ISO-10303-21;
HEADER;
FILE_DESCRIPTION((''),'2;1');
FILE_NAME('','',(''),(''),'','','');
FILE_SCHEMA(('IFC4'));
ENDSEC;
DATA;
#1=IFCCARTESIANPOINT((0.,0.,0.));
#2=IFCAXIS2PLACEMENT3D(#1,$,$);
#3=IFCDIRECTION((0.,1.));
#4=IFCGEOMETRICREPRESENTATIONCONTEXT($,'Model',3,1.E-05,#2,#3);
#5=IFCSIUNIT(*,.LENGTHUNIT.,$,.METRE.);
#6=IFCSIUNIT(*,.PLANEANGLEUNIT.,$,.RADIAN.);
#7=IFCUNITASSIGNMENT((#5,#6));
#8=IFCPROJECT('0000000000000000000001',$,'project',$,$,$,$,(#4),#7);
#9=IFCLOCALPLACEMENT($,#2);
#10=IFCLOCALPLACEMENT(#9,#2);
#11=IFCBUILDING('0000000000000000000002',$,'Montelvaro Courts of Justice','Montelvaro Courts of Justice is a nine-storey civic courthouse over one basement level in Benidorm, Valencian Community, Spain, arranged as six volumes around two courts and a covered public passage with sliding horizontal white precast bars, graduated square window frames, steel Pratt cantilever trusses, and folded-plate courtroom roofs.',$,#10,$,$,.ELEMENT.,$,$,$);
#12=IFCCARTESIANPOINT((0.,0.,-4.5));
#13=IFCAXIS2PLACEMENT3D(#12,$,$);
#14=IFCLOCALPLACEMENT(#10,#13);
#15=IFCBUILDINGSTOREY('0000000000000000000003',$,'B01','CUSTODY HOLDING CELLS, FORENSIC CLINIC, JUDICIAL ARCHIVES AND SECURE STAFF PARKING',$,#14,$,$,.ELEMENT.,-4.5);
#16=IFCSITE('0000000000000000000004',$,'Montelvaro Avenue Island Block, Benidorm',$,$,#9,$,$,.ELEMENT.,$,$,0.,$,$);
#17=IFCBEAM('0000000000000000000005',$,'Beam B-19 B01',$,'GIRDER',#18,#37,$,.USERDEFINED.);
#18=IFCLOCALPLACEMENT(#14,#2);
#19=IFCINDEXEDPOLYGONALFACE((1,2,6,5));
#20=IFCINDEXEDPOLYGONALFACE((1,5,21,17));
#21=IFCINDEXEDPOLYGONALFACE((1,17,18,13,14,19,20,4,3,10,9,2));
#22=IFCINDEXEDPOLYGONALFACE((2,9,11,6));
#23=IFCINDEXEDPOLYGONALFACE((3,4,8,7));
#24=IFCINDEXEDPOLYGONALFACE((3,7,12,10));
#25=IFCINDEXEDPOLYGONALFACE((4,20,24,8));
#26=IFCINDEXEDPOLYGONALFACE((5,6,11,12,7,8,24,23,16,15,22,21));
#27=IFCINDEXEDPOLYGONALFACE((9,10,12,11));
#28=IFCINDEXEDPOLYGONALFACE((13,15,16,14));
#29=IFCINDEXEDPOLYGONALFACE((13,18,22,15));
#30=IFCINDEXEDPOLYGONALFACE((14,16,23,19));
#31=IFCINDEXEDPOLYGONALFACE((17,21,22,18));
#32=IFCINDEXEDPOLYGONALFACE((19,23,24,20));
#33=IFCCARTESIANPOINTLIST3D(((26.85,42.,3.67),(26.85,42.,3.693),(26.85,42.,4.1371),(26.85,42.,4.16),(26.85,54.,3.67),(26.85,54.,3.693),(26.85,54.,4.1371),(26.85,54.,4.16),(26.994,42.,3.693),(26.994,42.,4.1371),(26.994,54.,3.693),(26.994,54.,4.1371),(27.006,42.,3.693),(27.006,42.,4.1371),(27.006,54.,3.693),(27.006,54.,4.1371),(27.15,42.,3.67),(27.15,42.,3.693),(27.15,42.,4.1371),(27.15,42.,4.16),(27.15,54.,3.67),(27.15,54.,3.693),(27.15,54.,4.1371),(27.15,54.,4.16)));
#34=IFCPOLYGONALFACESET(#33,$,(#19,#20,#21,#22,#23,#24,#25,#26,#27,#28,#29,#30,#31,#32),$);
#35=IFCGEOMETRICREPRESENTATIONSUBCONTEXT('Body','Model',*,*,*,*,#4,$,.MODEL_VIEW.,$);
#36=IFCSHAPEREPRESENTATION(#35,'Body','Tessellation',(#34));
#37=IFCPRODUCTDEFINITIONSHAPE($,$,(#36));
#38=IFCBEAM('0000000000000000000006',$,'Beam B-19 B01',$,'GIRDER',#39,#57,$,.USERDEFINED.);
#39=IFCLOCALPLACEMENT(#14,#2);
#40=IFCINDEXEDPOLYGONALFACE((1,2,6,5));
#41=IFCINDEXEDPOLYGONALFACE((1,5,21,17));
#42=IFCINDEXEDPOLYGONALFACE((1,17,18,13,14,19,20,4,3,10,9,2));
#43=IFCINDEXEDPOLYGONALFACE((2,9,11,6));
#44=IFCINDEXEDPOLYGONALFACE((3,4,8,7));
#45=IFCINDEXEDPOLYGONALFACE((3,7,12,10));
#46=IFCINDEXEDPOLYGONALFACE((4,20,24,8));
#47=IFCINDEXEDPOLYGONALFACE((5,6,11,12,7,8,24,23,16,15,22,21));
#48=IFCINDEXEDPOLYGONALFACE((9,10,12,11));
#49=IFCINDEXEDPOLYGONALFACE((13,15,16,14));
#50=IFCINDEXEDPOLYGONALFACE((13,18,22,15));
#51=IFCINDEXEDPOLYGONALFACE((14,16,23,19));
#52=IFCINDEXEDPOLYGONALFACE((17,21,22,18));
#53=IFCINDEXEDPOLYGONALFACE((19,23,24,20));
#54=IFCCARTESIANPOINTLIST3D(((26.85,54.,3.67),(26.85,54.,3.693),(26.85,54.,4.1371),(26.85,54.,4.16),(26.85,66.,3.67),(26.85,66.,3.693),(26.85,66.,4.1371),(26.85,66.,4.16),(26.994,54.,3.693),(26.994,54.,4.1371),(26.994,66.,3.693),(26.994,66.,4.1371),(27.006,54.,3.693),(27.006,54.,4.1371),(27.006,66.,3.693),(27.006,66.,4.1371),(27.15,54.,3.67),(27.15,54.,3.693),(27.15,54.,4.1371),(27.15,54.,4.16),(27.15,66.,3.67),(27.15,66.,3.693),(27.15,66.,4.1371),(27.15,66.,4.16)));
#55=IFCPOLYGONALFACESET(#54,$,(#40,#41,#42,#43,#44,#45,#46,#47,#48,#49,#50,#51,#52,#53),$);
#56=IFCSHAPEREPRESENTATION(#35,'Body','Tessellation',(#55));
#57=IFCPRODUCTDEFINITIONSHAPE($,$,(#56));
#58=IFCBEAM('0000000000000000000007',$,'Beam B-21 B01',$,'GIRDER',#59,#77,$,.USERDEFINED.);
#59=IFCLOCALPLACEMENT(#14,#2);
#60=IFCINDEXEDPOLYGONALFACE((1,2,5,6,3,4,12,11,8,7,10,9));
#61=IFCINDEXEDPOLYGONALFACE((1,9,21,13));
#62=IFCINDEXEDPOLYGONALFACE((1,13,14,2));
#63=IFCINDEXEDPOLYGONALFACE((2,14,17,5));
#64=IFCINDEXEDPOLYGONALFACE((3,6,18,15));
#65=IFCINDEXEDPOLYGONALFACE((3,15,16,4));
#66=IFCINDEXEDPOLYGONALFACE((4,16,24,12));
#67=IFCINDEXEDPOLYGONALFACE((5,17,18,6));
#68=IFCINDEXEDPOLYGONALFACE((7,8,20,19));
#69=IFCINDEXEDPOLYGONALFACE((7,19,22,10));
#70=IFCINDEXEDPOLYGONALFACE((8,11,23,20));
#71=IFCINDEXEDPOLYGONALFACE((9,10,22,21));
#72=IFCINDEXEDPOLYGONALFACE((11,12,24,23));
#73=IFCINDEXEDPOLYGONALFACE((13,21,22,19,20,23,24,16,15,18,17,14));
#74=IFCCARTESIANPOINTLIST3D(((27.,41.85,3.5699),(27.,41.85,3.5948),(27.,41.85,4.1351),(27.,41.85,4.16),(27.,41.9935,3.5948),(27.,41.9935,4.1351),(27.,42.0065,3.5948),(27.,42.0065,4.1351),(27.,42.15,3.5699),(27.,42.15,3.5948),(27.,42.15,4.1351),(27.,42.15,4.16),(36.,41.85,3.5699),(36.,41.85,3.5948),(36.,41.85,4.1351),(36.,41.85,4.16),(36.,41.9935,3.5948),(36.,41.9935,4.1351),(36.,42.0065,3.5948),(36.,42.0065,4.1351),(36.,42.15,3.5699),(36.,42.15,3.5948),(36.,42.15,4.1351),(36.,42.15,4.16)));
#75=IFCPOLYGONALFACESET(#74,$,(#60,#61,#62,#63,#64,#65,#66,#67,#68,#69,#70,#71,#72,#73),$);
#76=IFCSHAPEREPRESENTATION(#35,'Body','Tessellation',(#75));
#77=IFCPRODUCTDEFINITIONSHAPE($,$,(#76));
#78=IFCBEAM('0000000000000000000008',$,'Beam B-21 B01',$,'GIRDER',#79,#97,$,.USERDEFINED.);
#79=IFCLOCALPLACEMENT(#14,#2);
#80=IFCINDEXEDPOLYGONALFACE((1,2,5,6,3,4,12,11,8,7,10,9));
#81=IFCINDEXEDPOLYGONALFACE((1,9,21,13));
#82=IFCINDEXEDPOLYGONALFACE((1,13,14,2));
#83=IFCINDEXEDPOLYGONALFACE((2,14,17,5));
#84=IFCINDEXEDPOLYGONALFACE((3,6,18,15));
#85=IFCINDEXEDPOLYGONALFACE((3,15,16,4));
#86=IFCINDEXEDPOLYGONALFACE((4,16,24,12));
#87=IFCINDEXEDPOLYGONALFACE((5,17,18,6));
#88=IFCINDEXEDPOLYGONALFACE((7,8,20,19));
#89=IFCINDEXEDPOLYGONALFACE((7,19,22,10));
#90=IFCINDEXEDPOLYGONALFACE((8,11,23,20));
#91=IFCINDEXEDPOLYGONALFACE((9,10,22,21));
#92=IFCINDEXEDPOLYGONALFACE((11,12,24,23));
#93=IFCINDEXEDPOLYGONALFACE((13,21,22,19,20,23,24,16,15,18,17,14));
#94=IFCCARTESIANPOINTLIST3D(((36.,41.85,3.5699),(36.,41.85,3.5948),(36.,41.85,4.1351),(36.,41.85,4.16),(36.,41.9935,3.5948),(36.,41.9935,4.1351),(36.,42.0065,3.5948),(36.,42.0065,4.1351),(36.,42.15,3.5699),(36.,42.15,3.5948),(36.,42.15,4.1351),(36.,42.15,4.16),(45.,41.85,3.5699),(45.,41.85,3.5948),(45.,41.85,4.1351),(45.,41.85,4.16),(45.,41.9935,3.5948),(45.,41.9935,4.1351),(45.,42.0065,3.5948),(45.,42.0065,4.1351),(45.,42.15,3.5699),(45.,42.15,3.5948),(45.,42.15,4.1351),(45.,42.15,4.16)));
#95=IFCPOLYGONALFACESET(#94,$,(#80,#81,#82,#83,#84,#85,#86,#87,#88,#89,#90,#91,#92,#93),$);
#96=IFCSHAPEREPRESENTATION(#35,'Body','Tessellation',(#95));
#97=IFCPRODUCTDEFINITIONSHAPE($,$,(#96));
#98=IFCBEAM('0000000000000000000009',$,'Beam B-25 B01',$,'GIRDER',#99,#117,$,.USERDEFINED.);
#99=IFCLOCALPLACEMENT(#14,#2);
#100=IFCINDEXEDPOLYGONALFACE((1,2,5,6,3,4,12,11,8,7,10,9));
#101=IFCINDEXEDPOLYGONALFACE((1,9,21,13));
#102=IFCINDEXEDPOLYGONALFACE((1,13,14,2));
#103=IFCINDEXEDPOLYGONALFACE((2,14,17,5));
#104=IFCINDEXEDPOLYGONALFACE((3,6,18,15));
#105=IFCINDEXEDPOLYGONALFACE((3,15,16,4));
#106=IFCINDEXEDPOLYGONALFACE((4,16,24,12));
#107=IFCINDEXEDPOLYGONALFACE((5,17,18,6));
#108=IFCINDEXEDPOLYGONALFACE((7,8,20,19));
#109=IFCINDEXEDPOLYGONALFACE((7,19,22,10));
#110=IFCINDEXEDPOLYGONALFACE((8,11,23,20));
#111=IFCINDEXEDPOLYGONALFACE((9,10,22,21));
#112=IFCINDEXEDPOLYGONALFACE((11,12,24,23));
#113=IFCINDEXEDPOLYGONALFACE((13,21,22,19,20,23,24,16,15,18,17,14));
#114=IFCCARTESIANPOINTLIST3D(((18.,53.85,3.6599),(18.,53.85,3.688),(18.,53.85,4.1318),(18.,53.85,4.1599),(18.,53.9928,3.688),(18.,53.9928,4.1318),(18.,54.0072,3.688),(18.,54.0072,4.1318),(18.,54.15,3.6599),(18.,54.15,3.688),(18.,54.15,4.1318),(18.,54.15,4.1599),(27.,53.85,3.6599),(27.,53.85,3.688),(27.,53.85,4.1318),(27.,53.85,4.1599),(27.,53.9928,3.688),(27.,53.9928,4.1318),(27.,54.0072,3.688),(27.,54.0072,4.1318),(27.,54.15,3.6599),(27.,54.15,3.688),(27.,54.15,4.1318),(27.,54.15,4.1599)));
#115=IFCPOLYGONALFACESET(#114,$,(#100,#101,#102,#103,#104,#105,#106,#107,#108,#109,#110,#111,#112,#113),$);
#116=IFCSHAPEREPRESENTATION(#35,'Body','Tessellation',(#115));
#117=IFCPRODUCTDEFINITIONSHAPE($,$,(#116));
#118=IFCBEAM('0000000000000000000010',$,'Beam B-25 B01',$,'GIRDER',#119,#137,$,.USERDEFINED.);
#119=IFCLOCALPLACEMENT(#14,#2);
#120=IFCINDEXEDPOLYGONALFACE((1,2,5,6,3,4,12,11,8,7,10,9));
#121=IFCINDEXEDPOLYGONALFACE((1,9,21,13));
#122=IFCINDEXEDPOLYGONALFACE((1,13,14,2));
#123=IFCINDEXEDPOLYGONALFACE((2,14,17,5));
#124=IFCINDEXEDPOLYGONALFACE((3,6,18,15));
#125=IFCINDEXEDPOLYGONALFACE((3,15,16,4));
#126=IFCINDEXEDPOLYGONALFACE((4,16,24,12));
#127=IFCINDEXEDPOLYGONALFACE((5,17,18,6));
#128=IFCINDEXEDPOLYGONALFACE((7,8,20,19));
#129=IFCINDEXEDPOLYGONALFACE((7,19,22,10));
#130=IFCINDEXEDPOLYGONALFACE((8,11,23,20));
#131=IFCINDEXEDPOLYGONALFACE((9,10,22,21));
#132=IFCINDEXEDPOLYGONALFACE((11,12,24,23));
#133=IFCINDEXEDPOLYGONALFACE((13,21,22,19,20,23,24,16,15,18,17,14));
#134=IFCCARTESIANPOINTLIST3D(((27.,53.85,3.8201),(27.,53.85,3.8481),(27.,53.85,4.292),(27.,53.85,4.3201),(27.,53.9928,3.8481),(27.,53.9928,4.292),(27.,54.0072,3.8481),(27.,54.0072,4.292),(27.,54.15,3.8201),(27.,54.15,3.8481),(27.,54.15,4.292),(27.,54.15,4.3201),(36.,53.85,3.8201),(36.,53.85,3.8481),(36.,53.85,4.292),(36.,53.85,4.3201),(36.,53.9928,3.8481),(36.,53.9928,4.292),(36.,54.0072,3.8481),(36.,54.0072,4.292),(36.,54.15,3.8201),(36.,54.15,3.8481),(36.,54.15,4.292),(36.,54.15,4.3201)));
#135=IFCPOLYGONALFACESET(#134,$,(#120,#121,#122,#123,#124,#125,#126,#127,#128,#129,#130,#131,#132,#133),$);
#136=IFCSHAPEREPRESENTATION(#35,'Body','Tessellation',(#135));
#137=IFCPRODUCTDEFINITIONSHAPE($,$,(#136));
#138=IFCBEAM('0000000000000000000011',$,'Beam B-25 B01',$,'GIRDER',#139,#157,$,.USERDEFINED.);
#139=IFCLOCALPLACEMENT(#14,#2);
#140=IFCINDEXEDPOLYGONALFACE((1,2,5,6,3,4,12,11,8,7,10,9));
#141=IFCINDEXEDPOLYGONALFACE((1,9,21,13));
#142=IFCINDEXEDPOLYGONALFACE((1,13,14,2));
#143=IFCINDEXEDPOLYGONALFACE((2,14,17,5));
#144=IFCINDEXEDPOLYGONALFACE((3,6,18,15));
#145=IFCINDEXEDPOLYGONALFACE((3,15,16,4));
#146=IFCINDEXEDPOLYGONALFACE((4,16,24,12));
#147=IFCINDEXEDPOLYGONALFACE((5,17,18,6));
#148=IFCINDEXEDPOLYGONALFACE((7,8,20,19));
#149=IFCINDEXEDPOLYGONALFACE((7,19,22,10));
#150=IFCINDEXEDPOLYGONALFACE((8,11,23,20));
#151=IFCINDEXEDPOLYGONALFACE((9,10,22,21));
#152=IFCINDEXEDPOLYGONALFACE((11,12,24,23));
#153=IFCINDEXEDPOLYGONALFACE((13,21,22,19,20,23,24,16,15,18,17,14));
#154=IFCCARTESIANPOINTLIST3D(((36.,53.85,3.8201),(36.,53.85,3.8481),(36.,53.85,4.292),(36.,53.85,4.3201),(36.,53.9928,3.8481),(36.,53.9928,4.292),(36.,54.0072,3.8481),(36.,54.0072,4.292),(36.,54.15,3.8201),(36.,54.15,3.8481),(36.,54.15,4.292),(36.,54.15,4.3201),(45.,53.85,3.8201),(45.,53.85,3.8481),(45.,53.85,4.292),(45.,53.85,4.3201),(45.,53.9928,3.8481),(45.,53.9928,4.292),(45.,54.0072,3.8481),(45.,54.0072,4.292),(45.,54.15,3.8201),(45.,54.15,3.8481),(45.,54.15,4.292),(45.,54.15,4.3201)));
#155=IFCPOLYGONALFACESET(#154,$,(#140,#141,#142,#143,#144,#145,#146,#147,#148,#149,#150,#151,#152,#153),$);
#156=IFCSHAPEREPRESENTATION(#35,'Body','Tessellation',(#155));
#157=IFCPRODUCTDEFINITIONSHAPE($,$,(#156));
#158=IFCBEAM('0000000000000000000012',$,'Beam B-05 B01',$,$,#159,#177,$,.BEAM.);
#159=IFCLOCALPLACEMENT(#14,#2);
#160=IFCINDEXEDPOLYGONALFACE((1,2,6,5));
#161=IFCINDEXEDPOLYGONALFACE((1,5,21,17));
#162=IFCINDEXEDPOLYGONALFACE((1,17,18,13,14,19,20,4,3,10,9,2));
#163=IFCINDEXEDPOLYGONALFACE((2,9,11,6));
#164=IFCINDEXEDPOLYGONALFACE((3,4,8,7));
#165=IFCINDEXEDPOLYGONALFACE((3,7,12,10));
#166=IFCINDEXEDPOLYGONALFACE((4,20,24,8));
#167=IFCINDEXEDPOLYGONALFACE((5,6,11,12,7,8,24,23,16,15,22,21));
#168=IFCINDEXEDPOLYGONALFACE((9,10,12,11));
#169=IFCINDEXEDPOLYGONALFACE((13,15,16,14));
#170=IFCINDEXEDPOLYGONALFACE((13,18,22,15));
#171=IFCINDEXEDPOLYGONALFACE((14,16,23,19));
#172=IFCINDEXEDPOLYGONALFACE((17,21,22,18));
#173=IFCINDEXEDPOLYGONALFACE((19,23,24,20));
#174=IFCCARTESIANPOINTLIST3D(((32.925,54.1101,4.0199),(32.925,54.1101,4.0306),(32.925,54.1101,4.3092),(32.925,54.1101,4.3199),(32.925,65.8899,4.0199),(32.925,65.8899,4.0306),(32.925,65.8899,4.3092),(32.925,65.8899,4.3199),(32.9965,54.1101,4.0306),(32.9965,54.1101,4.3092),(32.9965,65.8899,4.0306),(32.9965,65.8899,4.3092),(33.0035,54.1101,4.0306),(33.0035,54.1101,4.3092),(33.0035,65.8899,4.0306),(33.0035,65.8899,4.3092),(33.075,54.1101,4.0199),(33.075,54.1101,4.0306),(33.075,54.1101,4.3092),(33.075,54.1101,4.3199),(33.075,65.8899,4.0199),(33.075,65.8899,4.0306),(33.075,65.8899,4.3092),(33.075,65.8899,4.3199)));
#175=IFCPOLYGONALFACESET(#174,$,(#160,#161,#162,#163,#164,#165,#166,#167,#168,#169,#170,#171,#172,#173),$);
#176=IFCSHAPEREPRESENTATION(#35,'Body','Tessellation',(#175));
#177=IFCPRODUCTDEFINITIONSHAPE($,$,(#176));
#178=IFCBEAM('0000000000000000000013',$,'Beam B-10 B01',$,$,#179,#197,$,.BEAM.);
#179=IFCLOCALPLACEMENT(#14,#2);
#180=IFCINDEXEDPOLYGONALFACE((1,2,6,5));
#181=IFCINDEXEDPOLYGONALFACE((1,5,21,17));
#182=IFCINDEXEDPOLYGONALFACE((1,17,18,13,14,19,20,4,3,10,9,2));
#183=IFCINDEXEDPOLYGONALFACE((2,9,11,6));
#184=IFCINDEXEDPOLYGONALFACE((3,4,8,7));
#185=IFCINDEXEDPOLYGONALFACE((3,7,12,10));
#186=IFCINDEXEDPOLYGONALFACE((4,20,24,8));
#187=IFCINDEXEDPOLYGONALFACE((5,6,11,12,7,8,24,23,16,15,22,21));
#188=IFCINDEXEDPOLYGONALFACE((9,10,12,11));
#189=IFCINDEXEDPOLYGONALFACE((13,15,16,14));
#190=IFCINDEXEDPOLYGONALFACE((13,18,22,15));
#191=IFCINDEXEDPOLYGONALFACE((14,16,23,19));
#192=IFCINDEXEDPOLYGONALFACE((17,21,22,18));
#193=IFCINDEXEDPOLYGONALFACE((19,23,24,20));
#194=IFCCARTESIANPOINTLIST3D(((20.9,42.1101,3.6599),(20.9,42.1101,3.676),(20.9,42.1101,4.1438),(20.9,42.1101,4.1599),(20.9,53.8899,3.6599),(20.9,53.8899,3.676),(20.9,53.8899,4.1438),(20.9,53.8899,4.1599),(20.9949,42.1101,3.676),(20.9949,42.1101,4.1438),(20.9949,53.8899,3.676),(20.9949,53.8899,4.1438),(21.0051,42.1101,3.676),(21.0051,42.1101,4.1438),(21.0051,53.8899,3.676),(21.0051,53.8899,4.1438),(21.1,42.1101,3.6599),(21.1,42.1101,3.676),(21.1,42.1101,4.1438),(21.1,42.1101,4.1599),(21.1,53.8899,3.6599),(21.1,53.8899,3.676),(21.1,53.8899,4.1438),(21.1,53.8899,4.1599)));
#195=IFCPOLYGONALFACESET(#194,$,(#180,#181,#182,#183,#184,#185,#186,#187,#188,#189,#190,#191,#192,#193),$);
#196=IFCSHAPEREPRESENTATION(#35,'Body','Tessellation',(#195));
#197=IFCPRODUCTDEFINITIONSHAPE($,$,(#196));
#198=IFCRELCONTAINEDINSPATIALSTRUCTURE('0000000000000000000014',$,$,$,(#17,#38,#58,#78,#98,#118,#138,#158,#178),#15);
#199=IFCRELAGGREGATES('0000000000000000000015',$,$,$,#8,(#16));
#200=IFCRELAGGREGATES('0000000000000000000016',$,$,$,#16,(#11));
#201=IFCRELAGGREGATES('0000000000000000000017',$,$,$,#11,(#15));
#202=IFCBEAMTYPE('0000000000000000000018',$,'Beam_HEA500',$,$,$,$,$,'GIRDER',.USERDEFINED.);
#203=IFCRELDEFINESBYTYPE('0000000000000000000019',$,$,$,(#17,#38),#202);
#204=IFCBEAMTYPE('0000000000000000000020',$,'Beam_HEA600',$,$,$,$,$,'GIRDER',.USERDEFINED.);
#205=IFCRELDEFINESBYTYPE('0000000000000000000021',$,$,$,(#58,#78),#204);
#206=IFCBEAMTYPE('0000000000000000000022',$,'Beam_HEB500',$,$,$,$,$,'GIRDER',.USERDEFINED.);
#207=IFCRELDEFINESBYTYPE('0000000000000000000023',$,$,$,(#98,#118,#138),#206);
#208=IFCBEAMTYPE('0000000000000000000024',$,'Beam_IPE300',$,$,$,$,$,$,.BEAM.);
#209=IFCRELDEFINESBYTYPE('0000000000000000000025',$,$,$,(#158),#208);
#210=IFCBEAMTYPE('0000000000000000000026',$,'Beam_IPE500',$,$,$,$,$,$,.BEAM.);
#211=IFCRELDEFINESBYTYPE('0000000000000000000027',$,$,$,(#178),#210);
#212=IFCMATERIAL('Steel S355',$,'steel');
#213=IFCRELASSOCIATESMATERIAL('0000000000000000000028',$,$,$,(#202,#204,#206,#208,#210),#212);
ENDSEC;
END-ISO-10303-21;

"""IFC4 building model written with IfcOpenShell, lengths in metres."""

from ifc_helpers import new_model, si_unit, direction, frame, origin, origin_2d, place, context, subcontext, project, spatial, i_section, extrude, material, material_profile, profile_set, type_object, element, save


model = new_model("IFC4")

# Units and contexts
model_context = context("Model", 3, precision=1e-05, world=origin(), true_north=direction((0.0, 1.0)))
body_context = subcontext(model_context, "Body", "Model", "MODEL_VIEW")
ifc_project = project(units=[si_unit("LENGTHUNIT", "METRE"), si_unit("PLANEANGLEUNIT", "RADIAN")], contexts=[model_context])

# Site, building, storey
site_placement = place(None, origin())
site = spatial("IfcSite", under=ifc_project, at=site_placement, Name="Montelvaro Avenue Island Block, Benidorm", CompositionType="ELEMENT", RefElevation=0.0)
building_placement = place(site_placement, origin())
building = spatial("IfcBuilding", under=site, at=building_placement, Name="Montelvaro Courts of Justice", Description="Montelvaro Courts of Justice is a nine-storey civic courthouse over one basement level in Benidorm, Valencian Community, Spain, arranged as six volumes around two courts and a covered public passage with sliding horizontal white precast bars, graduated square window frames, steel Pratt cantilever trusses, and folded-plate courtroom roofs.", CompositionType="ELEMENT")
storey_placement = place(building_placement, frame((0.0, 0.0, -4.5)))
storey = spatial("IfcBuildingStorey", under=building, at=storey_placement, Name="B01", Description="CUSTODY HOLDING CELLS, FORENSIC CLINIC, JUDICIAL ARCHIVES AND SECURE STAFF PARKING", CompositionType="ELEMENT", Elevation=-4.5)

# Beams
ifc_material_1 = material(Name="Steel S355", Category="steel")
ifc_material_profile_1 = material_profile(ifc_material_1, i_section(OverallWidth=0.3, OverallDepth=0.49, WebThickness=0.012, FlangeThickness=0.0229, at=origin_2d()), Name="HEA 500")
ifc_profile_set_1 = profile_set([ifc_material_profile_1], Name="Steel S355")
beam_type_1 = type_object("IfcBeamType", Name="Beam_HEA500", ElementType="GIRDER", PredefinedType="USERDEFINED", material=ifc_profile_set_1)
for number, where, z_axis, x_axis, name in (
    (1, (27.0, 42.0, 3.915), (0.0, 1.0, 0.0), (-1.0, 0.0, 0.0), "Beam B-19 B01"),
    (2, (27.0, 54.0, 3.915), (0.0, 1.0, 0.0), (-1.0, 0.0, 0.0), "Beam B-19 B01"),
):
    element("IfcBeam", number, at=place(storey_placement, frame(where, z_axis=z_axis, x_axis=x_axis)), inside=storey, type_object=beam_type_1, Name=name, ObjectType="GIRDER", PredefinedType="USERDEFINED", context=body_context, shape_type="SweptSolid", body=[
        extrude(i_section(OverallWidth=0.3, OverallDepth=0.49, WebThickness=0.012, FlangeThickness=0.0229, at=origin_2d()), origin(), (0.0, 0.0, 1.0), 12.0),
    ])
ifc_material_profile_2 = material_profile(ifc_material_1, i_section(OverallWidth=0.3, OverallDepth=0.5901, WebThickness=0.0129, FlangeThickness=0.0249, at=origin_2d()), Name="HEA 600")
ifc_profile_set_2 = profile_set([ifc_material_profile_2], Name="Steel S355")
beam_type_2 = type_object("IfcBeamType", Name="Beam_HEA600", ElementType="GIRDER", PredefinedType="USERDEFINED", material=ifc_profile_set_2)
for number, where, z_axis, x_axis, name in (
    (3, (27.0, 42.0, 3.865), (1.0, 0.0, 0.0), (0.0, 1.0, 0.0), "Beam B-21 B01"),
    (4, (36.0, 42.0, 3.865), (1.0, 0.0, 0.0), (0.0, 1.0, 0.0), "Beam B-21 B01"),
):
    element("IfcBeam", number, at=place(storey_placement, frame(where, z_axis=z_axis, x_axis=x_axis)), inside=storey, type_object=beam_type_2, Name=name, ObjectType="GIRDER", PredefinedType="USERDEFINED", context=body_context, shape_type="SweptSolid", body=[
        extrude(i_section(OverallWidth=0.3, OverallDepth=0.5901, WebThickness=0.0129, FlangeThickness=0.0249, at=origin_2d()), origin(), (0.0, 0.0, 1.0), 9.0),
    ])
ifc_material_profile_3 = material_profile(ifc_material_1, i_section(OverallWidth=0.3, OverallDepth=0.5, WebThickness=0.0144, FlangeThickness=0.0281, at=origin_2d()), Name="HEB 500")
ifc_profile_set_3 = profile_set([ifc_material_profile_3], Name="Steel S355")
beam_type_3 = type_object("IfcBeamType", Name="Beam_HEB500", ElementType="GIRDER", PredefinedType="USERDEFINED", material=ifc_profile_set_3)
for number, where, z_axis, x_axis, name in (
    (5, (18.0, 54.0, 3.9099), (1.0, 0.0, 0.0), (0.0, 1.0, 0.0), "Beam B-25 B01"),
    (6, (27.0, 54.0, 4.0701), (1.0, 0.0, 0.0), (0.0, 1.0, 0.0), "Beam B-25 B01"),
    (7, (36.0, 54.0, 4.0701), (1.0, 0.0, 0.0), (0.0, 1.0, 0.0), "Beam B-25 B01"),
):
    element("IfcBeam", number, at=place(storey_placement, frame(where, z_axis=z_axis, x_axis=x_axis)), inside=storey, type_object=beam_type_3, Name=name, ObjectType="GIRDER", PredefinedType="USERDEFINED", context=body_context, shape_type="SweptSolid", body=[
        extrude(i_section(OverallWidth=0.3, OverallDepth=0.5, WebThickness=0.0144, FlangeThickness=0.0281, at=origin_2d()), origin(), (0.0, 0.0, 1.0), 9.0),
    ])
ifc_material_profile_4 = material_profile(ifc_material_1, i_section(OverallWidth=0.1499, OverallDepth=0.3, WebThickness=0.0071, FlangeThickness=0.0107, at=origin_2d()), Name="IPE 300")
ifc_profile_set_4 = profile_set([ifc_material_profile_4], Name="Steel S355")
beam_type_4 = type_object("IfcBeamType", Name="Beam_IPE300", PredefinedType="BEAM", material=ifc_profile_set_4)
beam_1_placement = place(storey_placement, frame((33.0, 54.1101, 4.1699), z_axis=(0.0, 1.0, 0.0), x_axis=(-1.0, 0.0, 0.0)))
element("IfcBeam", 8, at=beam_1_placement, inside=storey, type_object=beam_type_4, Name="Beam B-05 B01", PredefinedType="BEAM", context=body_context, shape_type="SweptSolid", body=[
    extrude(i_section(OverallWidth=0.1499, OverallDepth=0.3, WebThickness=0.0071, FlangeThickness=0.0107, at=origin_2d()), origin(), (0.0, 0.0, 1.0), 11.7798),
])
ifc_material_profile_5 = material_profile(ifc_material_1, i_section(OverallWidth=0.2, OverallDepth=0.5, WebThickness=0.0103, FlangeThickness=0.0161, at=origin_2d()), Name="IPE 500")
ifc_profile_set_5 = profile_set([ifc_material_profile_5], Name="Steel S355")
beam_type_5 = type_object("IfcBeamType", Name="Beam_IPE500", PredefinedType="BEAM", material=ifc_profile_set_5)
beam_2_placement = place(storey_placement, frame((21.0, 42.1101, 3.9099), z_axis=(0.0, 1.0, 0.0), x_axis=(-1.0, 0.0, 0.0)))
element("IfcBeam", 9, at=beam_2_placement, inside=storey, type_object=beam_type_5, Name="Beam B-10 B01", PredefinedType="BEAM", context=body_context, shape_type="SweptSolid", body=[
    extrude(i_section(OverallWidth=0.2, OverallDepth=0.5, WebThickness=0.0103, FlangeThickness=0.0161, at=origin_2d()), origin(), (0.0, 0.0, 1.0), 11.7798),
])

save(model, "model.ifc")
